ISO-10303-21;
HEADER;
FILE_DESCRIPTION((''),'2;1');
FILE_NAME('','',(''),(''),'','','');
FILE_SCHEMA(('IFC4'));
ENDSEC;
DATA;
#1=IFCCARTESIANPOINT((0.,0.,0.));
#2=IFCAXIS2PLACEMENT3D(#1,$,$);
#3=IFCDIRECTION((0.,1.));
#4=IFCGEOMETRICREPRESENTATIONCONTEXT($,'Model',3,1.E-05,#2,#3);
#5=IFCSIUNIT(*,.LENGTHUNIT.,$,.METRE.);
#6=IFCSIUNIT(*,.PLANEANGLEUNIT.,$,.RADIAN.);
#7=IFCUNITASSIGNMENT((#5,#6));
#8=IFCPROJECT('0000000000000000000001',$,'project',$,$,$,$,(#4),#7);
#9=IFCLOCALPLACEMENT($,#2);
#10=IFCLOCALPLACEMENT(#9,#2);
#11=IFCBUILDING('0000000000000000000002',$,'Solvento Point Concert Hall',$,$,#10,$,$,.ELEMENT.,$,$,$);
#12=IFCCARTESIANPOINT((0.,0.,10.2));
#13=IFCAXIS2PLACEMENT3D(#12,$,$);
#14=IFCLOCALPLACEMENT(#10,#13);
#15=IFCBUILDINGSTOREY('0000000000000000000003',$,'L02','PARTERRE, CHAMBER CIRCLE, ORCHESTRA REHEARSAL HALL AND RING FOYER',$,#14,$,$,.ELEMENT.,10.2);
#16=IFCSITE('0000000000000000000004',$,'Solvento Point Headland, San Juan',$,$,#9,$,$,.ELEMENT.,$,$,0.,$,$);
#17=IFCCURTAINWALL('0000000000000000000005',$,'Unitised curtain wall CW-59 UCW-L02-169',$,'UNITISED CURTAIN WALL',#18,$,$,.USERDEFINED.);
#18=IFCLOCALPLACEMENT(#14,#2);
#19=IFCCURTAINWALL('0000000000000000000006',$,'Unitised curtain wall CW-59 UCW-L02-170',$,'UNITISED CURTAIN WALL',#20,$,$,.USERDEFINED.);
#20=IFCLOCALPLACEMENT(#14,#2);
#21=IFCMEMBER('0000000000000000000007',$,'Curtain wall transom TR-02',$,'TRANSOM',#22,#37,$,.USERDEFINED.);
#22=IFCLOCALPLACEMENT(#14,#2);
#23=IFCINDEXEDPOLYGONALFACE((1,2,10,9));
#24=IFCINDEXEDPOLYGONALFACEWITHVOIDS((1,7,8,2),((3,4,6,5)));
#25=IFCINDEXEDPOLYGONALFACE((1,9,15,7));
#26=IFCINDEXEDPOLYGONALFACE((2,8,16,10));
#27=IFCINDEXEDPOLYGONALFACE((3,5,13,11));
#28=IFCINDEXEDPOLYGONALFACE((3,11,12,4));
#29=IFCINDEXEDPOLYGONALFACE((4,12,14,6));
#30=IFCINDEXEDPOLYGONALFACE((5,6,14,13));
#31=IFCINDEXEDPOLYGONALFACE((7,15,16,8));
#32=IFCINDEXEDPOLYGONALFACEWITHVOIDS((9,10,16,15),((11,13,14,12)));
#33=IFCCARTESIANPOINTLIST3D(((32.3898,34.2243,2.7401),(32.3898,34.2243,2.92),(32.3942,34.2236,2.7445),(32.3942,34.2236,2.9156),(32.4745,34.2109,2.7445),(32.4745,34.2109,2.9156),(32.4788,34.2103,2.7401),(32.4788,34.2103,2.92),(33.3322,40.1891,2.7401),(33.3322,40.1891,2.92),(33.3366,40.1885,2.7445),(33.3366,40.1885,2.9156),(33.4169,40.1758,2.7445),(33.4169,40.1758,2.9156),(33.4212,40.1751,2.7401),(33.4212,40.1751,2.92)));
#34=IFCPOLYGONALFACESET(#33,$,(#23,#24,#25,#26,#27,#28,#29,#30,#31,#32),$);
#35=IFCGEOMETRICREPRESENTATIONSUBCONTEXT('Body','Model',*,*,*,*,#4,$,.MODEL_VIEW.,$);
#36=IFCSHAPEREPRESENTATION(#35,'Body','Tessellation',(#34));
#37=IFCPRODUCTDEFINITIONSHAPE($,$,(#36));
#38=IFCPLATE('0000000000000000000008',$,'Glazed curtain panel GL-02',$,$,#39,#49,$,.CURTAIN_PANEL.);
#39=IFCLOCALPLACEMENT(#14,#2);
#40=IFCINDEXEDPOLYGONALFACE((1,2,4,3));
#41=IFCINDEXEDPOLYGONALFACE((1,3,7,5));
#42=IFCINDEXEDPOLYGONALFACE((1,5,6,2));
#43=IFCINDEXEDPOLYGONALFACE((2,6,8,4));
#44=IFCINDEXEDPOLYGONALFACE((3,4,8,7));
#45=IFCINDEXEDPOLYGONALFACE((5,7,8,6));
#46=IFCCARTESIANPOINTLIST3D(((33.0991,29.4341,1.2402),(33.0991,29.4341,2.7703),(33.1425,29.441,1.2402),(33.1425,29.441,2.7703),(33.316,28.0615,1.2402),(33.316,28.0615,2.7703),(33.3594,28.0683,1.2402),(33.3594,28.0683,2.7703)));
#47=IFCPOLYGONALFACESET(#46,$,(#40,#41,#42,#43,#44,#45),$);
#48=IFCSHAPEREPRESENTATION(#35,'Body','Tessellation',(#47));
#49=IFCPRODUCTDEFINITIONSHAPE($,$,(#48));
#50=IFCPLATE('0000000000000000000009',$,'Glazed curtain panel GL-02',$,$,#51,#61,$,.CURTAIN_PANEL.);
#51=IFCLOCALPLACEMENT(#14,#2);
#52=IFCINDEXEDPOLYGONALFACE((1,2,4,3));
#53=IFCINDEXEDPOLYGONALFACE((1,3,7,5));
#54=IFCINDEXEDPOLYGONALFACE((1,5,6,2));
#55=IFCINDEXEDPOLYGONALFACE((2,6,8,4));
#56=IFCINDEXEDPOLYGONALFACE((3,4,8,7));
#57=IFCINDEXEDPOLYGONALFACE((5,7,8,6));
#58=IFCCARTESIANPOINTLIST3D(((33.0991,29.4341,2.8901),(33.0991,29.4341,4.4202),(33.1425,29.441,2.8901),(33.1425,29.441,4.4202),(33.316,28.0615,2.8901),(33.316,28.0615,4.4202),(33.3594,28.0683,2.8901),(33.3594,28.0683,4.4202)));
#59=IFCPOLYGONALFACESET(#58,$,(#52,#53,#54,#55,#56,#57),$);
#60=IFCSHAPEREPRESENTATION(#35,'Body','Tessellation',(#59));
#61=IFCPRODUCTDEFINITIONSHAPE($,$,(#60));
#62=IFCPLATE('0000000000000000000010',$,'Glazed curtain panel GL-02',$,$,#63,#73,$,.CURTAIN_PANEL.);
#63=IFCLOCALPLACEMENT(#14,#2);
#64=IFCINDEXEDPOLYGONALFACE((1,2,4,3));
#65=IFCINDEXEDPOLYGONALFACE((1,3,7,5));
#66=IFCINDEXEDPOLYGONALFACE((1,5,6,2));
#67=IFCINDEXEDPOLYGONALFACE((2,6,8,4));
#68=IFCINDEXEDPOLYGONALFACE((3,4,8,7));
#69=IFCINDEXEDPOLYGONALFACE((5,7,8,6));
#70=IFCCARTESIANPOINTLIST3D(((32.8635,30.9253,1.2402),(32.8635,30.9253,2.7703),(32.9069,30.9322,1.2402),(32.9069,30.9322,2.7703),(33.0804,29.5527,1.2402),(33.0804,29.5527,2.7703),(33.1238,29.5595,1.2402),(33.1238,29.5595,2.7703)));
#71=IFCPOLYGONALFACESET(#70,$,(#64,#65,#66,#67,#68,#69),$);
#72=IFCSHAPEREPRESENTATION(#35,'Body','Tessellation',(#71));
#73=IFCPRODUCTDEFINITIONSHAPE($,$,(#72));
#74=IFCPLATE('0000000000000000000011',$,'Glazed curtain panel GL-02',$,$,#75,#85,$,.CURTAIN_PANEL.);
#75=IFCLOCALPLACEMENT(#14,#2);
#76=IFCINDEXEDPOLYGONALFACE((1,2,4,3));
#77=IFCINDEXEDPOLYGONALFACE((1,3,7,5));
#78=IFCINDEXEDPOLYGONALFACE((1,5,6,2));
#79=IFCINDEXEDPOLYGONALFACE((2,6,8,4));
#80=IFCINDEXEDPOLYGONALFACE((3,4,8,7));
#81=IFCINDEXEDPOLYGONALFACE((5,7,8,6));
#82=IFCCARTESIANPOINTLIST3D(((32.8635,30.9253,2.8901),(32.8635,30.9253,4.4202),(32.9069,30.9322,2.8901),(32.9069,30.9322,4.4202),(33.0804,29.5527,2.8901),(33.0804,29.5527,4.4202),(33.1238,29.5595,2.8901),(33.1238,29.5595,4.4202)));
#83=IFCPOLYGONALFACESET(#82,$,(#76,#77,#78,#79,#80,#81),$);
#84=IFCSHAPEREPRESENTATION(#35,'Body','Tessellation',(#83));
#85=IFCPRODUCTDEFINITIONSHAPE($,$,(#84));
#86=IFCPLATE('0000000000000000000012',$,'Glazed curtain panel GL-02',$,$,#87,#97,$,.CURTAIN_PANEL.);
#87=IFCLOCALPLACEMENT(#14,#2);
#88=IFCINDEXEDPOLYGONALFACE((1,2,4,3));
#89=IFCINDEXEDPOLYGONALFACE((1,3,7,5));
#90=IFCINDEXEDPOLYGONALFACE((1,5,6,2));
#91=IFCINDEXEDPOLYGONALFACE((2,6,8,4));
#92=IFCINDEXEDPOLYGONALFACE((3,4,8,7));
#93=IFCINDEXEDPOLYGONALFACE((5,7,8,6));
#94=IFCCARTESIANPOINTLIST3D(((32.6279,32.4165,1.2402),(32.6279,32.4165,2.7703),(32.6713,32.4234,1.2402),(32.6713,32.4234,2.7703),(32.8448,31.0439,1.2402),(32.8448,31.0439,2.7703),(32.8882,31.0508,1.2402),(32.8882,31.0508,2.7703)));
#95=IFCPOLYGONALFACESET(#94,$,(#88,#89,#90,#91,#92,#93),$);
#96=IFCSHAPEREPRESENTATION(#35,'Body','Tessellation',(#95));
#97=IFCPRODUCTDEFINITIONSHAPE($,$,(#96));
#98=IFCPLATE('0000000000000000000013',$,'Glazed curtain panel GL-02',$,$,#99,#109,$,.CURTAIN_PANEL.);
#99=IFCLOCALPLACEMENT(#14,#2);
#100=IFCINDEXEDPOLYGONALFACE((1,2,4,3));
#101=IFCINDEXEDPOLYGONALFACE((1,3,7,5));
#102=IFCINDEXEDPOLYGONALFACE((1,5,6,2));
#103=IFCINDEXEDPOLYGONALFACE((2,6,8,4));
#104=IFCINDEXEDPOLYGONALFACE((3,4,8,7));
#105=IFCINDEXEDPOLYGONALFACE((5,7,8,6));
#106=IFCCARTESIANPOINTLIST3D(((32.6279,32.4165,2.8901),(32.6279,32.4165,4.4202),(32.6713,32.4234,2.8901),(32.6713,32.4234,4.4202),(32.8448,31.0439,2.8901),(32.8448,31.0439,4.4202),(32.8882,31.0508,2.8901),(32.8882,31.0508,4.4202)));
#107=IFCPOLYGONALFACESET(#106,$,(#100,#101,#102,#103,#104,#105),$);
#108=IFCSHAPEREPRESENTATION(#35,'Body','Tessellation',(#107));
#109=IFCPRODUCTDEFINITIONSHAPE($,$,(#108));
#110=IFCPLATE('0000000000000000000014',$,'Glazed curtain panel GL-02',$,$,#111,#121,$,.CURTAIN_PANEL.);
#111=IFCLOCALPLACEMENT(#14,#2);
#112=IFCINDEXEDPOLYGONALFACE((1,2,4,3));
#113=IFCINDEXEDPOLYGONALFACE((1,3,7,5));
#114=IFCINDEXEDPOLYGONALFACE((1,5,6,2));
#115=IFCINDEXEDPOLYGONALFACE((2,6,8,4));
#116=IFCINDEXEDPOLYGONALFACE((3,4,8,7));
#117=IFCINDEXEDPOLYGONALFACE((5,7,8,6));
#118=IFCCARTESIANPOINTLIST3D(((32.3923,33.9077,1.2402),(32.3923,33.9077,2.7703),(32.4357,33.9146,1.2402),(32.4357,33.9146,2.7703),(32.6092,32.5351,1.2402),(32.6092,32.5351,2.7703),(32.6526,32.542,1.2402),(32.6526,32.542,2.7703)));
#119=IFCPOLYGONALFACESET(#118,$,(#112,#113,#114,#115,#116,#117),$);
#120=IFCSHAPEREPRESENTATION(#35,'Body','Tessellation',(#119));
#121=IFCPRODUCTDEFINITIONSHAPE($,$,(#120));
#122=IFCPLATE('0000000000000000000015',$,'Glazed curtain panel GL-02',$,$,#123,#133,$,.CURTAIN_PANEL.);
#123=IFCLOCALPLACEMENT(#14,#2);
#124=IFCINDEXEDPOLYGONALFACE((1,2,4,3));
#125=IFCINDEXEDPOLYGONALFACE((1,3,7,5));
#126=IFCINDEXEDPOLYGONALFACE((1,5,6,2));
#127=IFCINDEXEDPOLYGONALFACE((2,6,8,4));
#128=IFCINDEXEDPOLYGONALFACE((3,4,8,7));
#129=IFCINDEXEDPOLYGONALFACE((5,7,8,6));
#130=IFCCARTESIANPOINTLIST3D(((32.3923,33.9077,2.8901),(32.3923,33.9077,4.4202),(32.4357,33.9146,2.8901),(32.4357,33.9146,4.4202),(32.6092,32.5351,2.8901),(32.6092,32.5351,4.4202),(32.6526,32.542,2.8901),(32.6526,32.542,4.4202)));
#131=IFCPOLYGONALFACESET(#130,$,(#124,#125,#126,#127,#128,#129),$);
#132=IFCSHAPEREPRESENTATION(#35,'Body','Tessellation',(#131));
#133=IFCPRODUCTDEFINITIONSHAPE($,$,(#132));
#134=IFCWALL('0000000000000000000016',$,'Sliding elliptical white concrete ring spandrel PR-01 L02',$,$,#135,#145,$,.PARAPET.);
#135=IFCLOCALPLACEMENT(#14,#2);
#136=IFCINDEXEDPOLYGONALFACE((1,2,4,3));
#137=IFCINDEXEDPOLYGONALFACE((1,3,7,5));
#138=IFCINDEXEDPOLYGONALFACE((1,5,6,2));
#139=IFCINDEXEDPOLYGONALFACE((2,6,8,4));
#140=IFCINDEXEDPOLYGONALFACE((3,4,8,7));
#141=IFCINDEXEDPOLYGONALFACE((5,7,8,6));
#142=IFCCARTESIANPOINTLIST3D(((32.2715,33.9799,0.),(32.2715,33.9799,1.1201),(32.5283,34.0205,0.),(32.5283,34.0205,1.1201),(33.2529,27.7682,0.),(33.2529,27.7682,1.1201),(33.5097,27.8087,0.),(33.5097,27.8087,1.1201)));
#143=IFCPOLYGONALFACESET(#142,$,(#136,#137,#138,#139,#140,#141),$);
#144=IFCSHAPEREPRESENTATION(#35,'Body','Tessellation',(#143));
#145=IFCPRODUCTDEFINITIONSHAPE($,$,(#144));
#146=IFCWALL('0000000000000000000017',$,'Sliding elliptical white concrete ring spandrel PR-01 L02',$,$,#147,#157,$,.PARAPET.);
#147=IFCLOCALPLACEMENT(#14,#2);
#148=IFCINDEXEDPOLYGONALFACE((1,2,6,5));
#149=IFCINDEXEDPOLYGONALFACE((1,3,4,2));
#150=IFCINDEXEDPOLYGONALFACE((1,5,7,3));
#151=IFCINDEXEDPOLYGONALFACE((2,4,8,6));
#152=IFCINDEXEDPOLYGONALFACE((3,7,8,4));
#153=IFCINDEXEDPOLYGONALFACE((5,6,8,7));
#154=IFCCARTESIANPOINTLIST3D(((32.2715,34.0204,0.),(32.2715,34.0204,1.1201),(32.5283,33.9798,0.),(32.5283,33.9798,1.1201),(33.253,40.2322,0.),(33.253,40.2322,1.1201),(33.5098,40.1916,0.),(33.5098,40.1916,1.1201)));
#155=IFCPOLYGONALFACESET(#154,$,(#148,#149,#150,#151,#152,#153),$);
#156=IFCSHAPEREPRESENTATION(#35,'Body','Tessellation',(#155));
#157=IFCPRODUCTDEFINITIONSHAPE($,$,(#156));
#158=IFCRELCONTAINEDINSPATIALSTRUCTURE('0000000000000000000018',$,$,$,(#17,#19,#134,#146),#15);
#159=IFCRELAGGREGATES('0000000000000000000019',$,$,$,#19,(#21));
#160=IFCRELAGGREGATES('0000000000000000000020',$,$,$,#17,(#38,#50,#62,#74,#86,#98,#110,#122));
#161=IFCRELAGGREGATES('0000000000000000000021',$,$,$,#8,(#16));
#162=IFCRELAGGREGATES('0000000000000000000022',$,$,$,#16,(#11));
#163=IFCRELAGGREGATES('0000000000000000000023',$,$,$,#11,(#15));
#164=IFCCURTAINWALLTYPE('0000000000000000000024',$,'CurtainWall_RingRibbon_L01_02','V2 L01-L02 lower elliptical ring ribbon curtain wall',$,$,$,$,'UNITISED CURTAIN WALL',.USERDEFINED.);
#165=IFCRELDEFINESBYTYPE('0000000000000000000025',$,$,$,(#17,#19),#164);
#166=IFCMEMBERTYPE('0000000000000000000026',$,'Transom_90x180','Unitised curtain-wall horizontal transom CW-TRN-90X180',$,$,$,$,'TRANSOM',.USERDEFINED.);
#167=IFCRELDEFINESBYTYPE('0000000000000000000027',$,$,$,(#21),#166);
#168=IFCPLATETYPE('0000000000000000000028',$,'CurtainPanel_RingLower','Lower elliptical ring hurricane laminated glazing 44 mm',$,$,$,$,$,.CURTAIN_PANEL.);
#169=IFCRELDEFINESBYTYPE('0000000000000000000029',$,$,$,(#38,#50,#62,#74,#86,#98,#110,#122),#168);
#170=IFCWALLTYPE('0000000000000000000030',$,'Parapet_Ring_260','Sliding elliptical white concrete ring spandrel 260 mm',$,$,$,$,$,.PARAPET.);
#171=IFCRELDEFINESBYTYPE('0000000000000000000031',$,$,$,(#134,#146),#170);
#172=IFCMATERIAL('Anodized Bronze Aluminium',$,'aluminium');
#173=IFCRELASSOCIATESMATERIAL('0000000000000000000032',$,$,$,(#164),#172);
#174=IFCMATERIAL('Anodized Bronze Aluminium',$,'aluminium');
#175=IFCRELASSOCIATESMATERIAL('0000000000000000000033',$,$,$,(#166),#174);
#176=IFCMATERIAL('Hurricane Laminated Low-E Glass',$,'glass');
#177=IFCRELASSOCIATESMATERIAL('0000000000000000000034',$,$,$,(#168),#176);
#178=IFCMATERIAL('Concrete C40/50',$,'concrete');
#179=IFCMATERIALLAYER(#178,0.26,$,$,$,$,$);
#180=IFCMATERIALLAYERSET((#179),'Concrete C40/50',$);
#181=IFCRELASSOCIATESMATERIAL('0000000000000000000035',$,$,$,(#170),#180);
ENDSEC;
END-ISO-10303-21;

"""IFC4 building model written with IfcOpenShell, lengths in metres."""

from ifc_helpers import new_model, si_unit, direction, frame, frame_2d, origin, origin_2d, place, context, subcontext, project, spatial, rectangle, hollow_rectangle, extrude, material, layer, layer_set, material_profile, profile_set, type_object, element, aggregate, save


model = new_model("IFC4")

# Units and contexts
model_context = context("Model", 3, precision=1e-05, world=origin(), true_north=direction((0.0, 1.0)))
body_context = subcontext(model_context, "Body", "Model", "MODEL_VIEW")
ifc_project = project(units=[si_unit("LENGTHUNIT", "METRE"), si_unit("PLANEANGLEUNIT", "RADIAN")], contexts=[model_context])

# Site, building, storey
site_placement = place(None, origin())
site = spatial("IfcSite", under=ifc_project, at=site_placement, Name="Solvento Point Headland, San Juan", CompositionType="ELEMENT", RefElevation=0.0)
building_placement = place(site_placement, origin())
building = spatial("IfcBuilding", under=site, at=building_placement, Name="Solvento Point Concert Hall", CompositionType="ELEMENT")
storey_placement = place(building_placement, frame((0.0, 0.0, 10.2)))
storey = spatial("IfcBuildingStorey", under=building, at=storey_placement, Name="L02", Description="PARTERRE, CHAMBER CIRCLE, ORCHESTRA REHEARSAL HALL AND RING FOYER", CompositionType="ELEMENT", Elevation=10.2)

# Shared definitions
ifc_material_1 = material(Name="Anodized Bronze Aluminium", Category="aluminium")
curtain_wall_type = type_object("IfcCurtainWallType", Name="CurtainWall_RingRibbon_L01_02", Description="V2 L01-L02 lower elliptical ring ribbon curtain wall", ElementType="UNITISED CURTAIN WALL", PredefinedType="USERDEFINED", material=ifc_material_1)

# Curtain wall
curtain_wall_1_placement = place(storey_placement, origin())
curtain_wall_1 = element("IfcCurtainWall", 1, at=curtain_wall_1_placement, inside=storey, type_object=curtain_wall_type, Name="Unitised curtain wall CW-59 UCW-L02-169", ObjectType="UNITISED CURTAIN WALL", PredefinedType="USERDEFINED")

# Curtain wall
curtain_wall_2_placement = place(storey_placement, origin())
curtain_wall_2 = element("IfcCurtainWall", 2, at=curtain_wall_2_placement, inside=storey, type_object=curtain_wall_type, Name="Unitised curtain wall CW-59 UCW-L02-170", ObjectType="UNITISED CURTAIN WALL", PredefinedType="USERDEFINED")

# Member
ifc_material_2 = material(Name="Anodized Bronze Aluminium", Category="aluminium")
ifc_material_profile_1 = material_profile(ifc_material_2, hollow_rectangle(XDim=0.0901, YDim=0.1799, WallThickness=0.0044, at=origin_2d()), Name="CW-TRN-90X180")
ifc_profile_set_1 = profile_set([ifc_material_profile_1], Name="Anodized Bronze Aluminium")
member_type_1 = type_object("IfcMemberType", Name="Transom_90x180", Description="Unitised curtain-wall horizontal transom CW-TRN-90X180", ElementType="TRANSOM", PredefinedType="USERDEFINED", material=ifc_profile_set_1)
member_1_placement = place(storey_placement, frame((32.4343, 34.2173, 2.8301), z_axis=(0.156054, 0.987749, 0.0), x_axis=(-0.987749, 0.156054, 0.0)))
member_1 = element("IfcMember", 3, at=member_1_placement, type_object=member_type_1, Name="Curtain wall transom TR-02", ObjectType="TRANSOM", PredefinedType="USERDEFINED", context=body_context, shape_type="SweptSolid", body=[
    extrude(hollow_rectangle(XDim=0.0901, YDim=0.1799, WallThickness=0.0044, at=origin_2d()), origin(), (0.0, 0.0, 1.0), 6.0388),
])
aggregate(curtain_wall_2, [member_1])

# Plates
ifc_material_3 = material(Name="Hurricane Laminated Low-E Glass", Category="glass")
plate_type = type_object("IfcPlateType", Name="CurtainPanel_RingLower", Description="Lower elliptical ring hurricane laminated glazing 44 mm", PredefinedType="CURTAIN_PANEL", material=ifc_material_3)
plate_1_placement = place(storey_placement, frame((33.2292, 28.7512, 1.2402), z_axis=(0.0, 0.0, 1.0), x_axis=(-0.156041, 0.987751, 0.0)))
plate_1 = element("IfcPlate", 4, at=plate_1_placement, type_object=plate_type, Name="Glazed curtain panel GL-02", PredefinedType="CURTAIN_PANEL", context=body_context, shape_type="SweptSolid", body=[
    extrude(rectangle(XDim=1.3896, YDim=0.0439, at=origin_2d()), origin(), (0.0, 0.0, 1.0), 1.53),
])
plate_2_placement = place(storey_placement, frame((33.2292, 28.7512, 2.8901), z_axis=(0.0, 0.0, 1.0), x_axis=(-0.156041, 0.987751, 0.0)))
plate_2 = element("IfcPlate", 5, at=plate_2_placement, type_object=plate_type, Name="Glazed curtain panel GL-02", PredefinedType="CURTAIN_PANEL", context=body_context, shape_type="SweptSolid", body=[
    extrude(rectangle(XDim=1.3896, YDim=0.0439, at=origin_2d()), origin(), (0.0, 0.0, 1.0), 1.53),
])
plate_3_placement = place(storey_placement, frame((32.9937, 30.2424, 1.2402), z_axis=(0.0, 0.0, 1.0), x_axis=(-0.156041, 0.987751, 0.0)))
plate_3 = element("IfcPlate", 6, at=plate_3_placement, type_object=plate_type, Name="Glazed curtain panel GL-02", PredefinedType="CURTAIN_PANEL", context=body_context, shape_type="SweptSolid", body=[
    extrude(rectangle(XDim=1.3896, YDim=0.0439, at=origin_2d()), origin(), (0.0, 0.0, 1.0), 1.53),
])
plate_4_placement = place(storey_placement, frame((32.9937, 30.2424, 2.8901), z_axis=(0.0, 0.0, 1.0), x_axis=(-0.156041, 0.987751, 0.0)))
plate_4 = element("IfcPlate", 7, at=plate_4_placement, type_object=plate_type, Name="Glazed curtain panel GL-02", PredefinedType="CURTAIN_PANEL", context=body_context, shape_type="SweptSolid", body=[
    extrude(rectangle(XDim=1.3896, YDim=0.0439, at=origin_2d()), origin(), (0.0, 0.0, 1.0), 1.53),
])
plate_5_placement = place(storey_placement, frame((32.7581, 31.7336, 1.2402), z_axis=(0.0, 0.0, 1.0), x_axis=(-0.156041, 0.987751, 0.0)))
plate_5 = element("IfcPlate", 8, at=plate_5_placement, type_object=plate_type, Name="Glazed curtain panel GL-02", PredefinedType="CURTAIN_PANEL", context=body_context, shape_type="SweptSolid", body=[
    extrude(rectangle(XDim=1.3896, YDim=0.0439, at=origin_2d()), origin(), (0.0, 0.0, 1.0), 1.53),
])
plate_6_placement = place(storey_placement, frame((32.7581, 31.7336, 2.8901), z_axis=(0.0, 0.0, 1.0), x_axis=(-0.156041, 0.987751, 0.0)))
plate_6 = element("IfcPlate", 9, at=plate_6_placement, type_object=plate_type, Name="Glazed curtain panel GL-02", PredefinedType="CURTAIN_PANEL", context=body_context, shape_type="SweptSolid", body=[
    extrude(rectangle(XDim=1.3896, YDim=0.0439, at=origin_2d()), origin(), (0.0, 0.0, 1.0), 1.53),
])
plate_7_placement = place(storey_placement, frame((32.5225, 33.2249, 1.2402), z_axis=(0.0, 0.0, 1.0), x_axis=(-0.156041, 0.987751, 0.0)))
plate_7 = element("IfcPlate", 10, at=plate_7_placement, type_object=plate_type, Name="Glazed curtain panel GL-02", PredefinedType="CURTAIN_PANEL", context=body_context, shape_type="SweptSolid", body=[
    extrude(rectangle(XDim=1.3896, YDim=0.0439, at=origin_2d()), origin(), (0.0, 0.0, 1.0), 1.53),
])
plate_8_placement = place(storey_placement, frame((32.5225, 33.2249, 2.8901), z_axis=(0.0, 0.0, 1.0), x_axis=(-0.156041, 0.987751, 0.0)))
plate_8 = element("IfcPlate", 11, at=plate_8_placement, type_object=plate_type, Name="Glazed curtain panel GL-02", PredefinedType="CURTAIN_PANEL", context=body_context, shape_type="SweptSolid", body=[
    extrude(rectangle(XDim=1.3896, YDim=0.0439, at=origin_2d()), origin(), (0.0, 0.0, 1.0), 1.53),
])
aggregate(curtain_wall_1, [plate_1, plate_2, plate_3, plate_4, plate_5, plate_6, plate_7, plate_8])

# Walls
ifc_material_4 = material(Name="Concrete C40/50", Category="concrete")
ifc_layer = layer(ifc_material_4, 0.26)
ifc_layer_set = layer_set([ifc_layer], Name="Concrete C40/50")
wall_type = type_object("IfcWallType", Name="Parapet_Ring_260", Description="Sliding elliptical white concrete ring spandrel 260 mm", PredefinedType="PARAPET", material=ifc_layer_set)
for number, where, z_axis, x_axis, name in (
    (12, (33.3813, 27.7883, 0.0), (0.0, 0.0, 1.0), (-0.156064, 0.987747, 0.0), "Sliding elliptical white concrete ring spandrel PR-01 L02"),
    (13, (32.3999, 34.0, 0.0), (0.0, 0.0, 1.0), (0.156064, 0.987747, 0.0), "Sliding elliptical white concrete ring spandrel PR-01 L02"),
):
    element("IfcWall", number, at=place(storey_placement, frame(where, z_axis=z_axis, x_axis=x_axis)), inside=storey, type_object=wall_type, Name=name, PredefinedType="PARAPET", context=body_context, shape_type="SweptSolid", body=[
        extrude(rectangle(XDim=6.2888, YDim=0.26, at=frame_2d((3.1445, 0.0))), origin(), (0.0, 0.0, 1.0), 1.1201),
    ])

save(model, "model.ifc")
